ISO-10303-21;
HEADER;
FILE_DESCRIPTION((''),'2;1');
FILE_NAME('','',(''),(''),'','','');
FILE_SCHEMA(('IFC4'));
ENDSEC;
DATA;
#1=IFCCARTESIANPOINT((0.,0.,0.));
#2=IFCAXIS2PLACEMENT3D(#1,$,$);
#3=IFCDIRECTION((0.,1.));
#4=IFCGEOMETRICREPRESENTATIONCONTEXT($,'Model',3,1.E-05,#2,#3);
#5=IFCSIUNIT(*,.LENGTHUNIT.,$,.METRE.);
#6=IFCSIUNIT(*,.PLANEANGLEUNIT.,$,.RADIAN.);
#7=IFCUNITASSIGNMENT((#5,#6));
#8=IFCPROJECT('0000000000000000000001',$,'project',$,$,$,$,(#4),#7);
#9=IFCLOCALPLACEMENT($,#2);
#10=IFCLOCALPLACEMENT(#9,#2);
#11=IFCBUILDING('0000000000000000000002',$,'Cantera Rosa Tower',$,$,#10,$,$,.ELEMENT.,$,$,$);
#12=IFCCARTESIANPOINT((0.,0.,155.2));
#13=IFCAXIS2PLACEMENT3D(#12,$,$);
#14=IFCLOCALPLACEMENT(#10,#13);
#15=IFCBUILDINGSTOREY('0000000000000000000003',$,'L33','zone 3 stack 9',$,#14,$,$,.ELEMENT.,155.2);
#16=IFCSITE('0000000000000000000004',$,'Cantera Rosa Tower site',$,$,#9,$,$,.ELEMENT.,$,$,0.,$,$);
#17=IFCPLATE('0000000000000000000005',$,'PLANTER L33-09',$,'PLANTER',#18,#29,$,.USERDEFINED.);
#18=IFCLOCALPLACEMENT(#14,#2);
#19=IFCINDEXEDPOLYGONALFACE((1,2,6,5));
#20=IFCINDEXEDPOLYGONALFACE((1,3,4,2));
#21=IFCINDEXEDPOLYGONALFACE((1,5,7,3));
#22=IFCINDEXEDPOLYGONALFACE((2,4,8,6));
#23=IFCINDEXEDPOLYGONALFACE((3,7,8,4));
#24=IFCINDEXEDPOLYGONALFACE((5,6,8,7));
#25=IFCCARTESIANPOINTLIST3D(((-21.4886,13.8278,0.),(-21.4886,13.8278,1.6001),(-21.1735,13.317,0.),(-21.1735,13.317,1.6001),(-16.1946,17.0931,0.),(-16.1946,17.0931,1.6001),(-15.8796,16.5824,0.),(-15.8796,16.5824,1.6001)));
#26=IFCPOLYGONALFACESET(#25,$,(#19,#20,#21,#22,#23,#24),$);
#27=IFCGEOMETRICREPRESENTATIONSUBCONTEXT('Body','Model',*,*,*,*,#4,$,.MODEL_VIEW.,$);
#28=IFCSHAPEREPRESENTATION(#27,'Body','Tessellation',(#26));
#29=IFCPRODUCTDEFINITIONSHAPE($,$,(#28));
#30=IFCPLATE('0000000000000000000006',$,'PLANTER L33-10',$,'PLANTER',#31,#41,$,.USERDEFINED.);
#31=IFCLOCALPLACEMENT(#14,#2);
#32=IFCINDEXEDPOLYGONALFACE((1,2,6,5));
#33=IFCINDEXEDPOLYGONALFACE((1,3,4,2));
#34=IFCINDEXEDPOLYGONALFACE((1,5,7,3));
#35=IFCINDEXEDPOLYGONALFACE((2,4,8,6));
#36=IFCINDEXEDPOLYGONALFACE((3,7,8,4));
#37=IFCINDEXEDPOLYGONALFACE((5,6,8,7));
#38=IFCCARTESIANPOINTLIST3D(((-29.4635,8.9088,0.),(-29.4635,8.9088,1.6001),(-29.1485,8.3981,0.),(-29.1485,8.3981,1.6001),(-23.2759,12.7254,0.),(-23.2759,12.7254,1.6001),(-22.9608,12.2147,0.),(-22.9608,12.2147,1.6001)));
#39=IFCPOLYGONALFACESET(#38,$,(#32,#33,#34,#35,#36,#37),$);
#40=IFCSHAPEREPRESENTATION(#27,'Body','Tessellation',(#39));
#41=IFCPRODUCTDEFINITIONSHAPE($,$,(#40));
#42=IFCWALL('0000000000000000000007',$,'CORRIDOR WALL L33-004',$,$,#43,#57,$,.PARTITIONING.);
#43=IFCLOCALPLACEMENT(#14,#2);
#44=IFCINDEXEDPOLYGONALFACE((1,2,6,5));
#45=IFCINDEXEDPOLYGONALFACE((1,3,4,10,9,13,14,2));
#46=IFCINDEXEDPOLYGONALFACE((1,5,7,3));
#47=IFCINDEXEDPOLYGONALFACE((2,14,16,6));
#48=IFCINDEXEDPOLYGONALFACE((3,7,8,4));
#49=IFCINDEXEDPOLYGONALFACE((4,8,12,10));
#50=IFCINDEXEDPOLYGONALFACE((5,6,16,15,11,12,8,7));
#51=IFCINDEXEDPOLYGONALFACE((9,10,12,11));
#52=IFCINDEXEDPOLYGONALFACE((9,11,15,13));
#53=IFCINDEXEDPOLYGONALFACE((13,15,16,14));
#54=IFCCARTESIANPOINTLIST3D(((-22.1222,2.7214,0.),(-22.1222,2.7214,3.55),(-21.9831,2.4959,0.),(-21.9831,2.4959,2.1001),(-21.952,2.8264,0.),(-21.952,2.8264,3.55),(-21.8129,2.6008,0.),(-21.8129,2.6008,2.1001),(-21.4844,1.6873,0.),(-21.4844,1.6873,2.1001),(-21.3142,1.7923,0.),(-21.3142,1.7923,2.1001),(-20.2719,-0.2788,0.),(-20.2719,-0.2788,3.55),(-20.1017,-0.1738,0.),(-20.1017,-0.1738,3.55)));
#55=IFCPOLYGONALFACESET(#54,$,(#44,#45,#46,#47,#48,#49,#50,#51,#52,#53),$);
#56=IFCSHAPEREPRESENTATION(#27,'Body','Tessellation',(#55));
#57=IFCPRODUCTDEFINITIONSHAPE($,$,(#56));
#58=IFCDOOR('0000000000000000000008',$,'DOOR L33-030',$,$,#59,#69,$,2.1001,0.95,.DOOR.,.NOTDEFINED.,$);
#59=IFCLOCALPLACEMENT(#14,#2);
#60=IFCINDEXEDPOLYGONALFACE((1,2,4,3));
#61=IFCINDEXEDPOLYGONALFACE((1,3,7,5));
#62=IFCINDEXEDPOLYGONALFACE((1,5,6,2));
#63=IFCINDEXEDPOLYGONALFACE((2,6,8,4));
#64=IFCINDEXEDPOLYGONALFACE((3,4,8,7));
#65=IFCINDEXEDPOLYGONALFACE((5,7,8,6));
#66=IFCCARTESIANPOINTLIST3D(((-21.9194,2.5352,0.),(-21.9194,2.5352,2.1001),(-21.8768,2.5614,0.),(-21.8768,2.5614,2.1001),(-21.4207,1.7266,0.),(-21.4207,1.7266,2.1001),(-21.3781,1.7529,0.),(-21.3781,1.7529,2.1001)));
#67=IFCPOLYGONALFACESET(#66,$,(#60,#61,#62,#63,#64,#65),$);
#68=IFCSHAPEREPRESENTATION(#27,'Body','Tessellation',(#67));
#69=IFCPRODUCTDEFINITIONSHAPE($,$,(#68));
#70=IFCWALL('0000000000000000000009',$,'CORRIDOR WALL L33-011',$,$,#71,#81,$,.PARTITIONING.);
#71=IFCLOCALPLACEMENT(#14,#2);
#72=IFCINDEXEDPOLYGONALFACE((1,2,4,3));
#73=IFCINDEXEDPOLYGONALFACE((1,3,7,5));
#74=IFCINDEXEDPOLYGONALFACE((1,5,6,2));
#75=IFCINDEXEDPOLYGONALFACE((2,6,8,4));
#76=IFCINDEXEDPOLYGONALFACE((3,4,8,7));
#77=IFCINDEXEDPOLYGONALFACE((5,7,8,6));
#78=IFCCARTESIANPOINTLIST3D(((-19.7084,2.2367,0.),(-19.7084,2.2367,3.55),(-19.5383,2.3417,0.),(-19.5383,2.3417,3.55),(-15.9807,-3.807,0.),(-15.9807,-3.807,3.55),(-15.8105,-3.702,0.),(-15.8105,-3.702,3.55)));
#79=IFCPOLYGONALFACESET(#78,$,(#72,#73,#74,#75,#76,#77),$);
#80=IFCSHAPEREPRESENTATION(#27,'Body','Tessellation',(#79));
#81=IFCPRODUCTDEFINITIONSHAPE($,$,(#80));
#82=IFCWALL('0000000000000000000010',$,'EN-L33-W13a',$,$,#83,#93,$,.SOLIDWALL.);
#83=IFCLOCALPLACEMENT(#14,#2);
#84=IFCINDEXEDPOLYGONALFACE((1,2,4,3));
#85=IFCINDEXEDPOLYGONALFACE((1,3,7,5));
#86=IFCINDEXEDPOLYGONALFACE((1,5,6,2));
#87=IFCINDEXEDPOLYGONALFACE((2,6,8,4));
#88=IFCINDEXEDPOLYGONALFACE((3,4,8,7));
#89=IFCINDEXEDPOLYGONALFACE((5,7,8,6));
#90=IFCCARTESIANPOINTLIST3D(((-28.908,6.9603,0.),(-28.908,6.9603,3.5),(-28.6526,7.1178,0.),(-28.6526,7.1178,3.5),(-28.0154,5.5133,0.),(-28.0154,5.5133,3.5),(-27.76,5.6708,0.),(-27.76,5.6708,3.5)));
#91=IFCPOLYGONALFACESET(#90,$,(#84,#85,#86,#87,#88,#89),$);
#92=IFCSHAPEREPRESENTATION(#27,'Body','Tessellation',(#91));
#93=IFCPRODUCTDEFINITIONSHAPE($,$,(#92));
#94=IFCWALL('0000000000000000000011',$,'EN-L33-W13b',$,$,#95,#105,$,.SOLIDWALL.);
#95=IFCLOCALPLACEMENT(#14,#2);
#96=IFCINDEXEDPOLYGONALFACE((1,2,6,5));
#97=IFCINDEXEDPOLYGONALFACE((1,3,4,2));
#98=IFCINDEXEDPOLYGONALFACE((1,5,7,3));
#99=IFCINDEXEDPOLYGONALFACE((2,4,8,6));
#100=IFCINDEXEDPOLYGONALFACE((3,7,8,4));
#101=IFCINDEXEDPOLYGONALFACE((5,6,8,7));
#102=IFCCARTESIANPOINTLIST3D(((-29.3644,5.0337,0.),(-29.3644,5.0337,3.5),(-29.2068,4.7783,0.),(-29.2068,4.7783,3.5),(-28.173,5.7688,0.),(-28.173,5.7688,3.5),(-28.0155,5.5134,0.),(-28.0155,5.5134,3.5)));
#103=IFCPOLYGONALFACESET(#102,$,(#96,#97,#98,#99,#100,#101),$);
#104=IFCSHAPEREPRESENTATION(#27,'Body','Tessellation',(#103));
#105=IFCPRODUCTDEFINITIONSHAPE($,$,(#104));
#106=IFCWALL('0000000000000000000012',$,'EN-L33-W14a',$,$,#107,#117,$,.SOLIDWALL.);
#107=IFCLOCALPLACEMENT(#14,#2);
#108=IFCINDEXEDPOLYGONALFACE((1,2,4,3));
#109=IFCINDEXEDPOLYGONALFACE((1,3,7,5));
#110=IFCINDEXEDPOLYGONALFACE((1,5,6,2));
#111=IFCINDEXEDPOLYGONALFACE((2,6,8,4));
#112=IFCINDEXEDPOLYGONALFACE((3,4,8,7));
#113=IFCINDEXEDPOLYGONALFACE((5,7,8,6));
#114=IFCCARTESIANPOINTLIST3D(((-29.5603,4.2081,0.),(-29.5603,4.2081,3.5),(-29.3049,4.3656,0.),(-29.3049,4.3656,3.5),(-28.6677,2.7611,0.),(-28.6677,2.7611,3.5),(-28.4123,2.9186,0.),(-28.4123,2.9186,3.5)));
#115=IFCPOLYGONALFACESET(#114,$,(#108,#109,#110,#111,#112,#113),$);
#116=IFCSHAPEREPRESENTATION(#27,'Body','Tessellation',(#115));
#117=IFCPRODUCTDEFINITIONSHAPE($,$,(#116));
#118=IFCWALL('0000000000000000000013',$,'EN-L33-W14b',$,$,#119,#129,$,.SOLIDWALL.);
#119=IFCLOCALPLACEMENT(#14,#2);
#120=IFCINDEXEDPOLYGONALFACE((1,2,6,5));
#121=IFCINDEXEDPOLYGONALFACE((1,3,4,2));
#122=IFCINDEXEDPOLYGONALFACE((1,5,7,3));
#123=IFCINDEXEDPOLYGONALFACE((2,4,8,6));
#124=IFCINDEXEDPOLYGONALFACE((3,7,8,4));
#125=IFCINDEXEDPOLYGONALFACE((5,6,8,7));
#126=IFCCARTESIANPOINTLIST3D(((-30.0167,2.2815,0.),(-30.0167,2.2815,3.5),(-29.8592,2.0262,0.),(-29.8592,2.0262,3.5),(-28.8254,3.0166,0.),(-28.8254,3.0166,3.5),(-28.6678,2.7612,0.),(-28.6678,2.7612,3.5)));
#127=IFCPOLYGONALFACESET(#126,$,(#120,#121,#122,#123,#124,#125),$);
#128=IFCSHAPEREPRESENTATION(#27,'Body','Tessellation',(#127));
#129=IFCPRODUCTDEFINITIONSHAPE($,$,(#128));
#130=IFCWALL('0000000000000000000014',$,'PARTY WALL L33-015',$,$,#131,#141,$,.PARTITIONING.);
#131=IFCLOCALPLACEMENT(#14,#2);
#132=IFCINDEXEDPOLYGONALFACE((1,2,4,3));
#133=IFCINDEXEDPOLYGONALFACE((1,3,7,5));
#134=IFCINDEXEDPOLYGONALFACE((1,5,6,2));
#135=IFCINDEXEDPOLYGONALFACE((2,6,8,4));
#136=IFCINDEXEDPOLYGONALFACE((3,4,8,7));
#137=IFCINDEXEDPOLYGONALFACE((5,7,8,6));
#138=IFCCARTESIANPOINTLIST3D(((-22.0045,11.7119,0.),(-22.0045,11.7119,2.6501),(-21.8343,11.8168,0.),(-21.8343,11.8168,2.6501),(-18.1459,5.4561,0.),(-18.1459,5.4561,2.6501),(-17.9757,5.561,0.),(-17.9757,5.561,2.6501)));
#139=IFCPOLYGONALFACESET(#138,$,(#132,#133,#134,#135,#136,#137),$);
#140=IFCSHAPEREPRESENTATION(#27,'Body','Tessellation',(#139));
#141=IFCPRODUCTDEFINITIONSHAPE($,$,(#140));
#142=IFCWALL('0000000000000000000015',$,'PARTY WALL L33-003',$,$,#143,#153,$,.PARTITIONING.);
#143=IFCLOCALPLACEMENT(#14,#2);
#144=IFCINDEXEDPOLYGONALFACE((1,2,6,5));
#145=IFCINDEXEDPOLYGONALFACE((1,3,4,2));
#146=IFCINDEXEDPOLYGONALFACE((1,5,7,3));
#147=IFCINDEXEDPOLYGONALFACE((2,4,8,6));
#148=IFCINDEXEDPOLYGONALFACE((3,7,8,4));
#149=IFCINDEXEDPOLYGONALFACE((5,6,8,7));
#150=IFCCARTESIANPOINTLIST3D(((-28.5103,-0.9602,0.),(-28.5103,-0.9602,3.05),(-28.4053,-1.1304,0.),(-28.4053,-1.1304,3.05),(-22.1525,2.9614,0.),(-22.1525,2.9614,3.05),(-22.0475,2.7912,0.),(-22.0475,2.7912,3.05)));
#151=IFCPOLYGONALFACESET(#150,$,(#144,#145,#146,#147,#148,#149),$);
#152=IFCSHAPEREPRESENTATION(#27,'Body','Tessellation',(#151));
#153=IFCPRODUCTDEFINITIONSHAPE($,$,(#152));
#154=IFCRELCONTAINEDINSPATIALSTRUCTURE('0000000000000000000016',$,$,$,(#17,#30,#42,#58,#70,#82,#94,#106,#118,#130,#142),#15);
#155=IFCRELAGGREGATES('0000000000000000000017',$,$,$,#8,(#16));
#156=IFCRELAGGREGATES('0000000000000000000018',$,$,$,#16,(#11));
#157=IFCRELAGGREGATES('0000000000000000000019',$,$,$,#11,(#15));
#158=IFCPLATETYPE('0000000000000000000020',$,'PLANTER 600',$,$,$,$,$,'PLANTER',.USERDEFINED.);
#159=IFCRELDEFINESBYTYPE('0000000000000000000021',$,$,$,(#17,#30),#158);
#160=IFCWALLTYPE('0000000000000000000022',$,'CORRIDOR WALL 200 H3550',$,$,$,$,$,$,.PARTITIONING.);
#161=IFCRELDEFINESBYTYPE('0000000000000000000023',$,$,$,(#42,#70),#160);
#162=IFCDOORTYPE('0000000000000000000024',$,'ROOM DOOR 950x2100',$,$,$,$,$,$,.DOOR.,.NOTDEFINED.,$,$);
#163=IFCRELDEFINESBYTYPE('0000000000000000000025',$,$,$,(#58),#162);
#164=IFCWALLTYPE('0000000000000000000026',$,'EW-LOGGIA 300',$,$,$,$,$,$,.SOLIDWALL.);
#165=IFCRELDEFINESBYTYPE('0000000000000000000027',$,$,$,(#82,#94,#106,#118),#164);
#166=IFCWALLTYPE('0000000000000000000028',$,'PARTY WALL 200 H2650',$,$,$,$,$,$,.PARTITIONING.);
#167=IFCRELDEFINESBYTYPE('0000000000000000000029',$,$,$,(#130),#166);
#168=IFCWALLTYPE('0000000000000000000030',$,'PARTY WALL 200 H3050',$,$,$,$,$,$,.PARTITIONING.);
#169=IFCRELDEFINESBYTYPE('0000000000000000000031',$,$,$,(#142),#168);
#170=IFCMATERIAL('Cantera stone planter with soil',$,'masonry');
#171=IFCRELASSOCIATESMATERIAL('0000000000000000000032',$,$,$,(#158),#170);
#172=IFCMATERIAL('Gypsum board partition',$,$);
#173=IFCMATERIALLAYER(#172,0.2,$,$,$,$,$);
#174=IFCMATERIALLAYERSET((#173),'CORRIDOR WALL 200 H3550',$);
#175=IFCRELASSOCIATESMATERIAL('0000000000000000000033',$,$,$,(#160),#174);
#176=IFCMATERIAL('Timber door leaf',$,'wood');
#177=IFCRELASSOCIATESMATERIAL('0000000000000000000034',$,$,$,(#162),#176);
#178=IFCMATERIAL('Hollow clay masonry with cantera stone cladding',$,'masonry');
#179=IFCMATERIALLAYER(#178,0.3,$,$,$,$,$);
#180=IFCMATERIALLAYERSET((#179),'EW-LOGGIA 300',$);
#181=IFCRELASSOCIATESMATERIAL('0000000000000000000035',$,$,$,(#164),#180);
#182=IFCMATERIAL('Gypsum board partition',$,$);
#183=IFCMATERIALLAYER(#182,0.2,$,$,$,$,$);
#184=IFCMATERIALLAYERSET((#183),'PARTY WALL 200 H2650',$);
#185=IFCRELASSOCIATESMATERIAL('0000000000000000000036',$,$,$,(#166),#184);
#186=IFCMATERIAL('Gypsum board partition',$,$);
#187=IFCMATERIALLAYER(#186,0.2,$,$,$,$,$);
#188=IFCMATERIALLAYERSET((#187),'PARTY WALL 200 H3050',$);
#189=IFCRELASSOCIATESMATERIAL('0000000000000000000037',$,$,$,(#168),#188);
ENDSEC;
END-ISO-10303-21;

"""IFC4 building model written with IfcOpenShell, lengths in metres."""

from ifc_helpers import new_model, si_unit, direction, frame, frame_2d, origin, origin_2d, place, context, subcontext, project, spatial, rectangle, extrude, material, layer, layer_set, type_object, element, fill, save


model = new_model("IFC4")

# Units and contexts
model_context = context("Model", 3, precision=1e-05, world=origin(), true_north=direction((0.0, 1.0)))
body_context = subcontext(model_context, "Body", "Model", "MODEL_VIEW")
ifc_project = project(units=[si_unit("LENGTHUNIT", "METRE"), si_unit("PLANEANGLEUNIT", "RADIAN")], contexts=[model_context])

# Site, building, storey
site_placement = place(None, origin())
site = spatial("IfcSite", under=ifc_project, at=site_placement, Name="Cantera Rosa Tower site", CompositionType="ELEMENT", RefElevation=0.0)
building_placement = place(site_placement, origin())
building = spatial("IfcBuilding", under=site, at=building_placement, Name="Cantera Rosa Tower", CompositionType="ELEMENT")
storey_placement = place(building_placement, frame((0.0, 0.0, 155.2)))
storey = spatial("IfcBuildingStorey", under=building, at=storey_placement, Name="L33", Description="zone 3 stack 9", CompositionType="ELEMENT", Elevation=155.2)

# Plates
ifc_material_1 = material(Name="Cantera stone planter with soil", Category="masonry")
plate_type = type_object("IfcPlateType", Name="PLANTER 600", ElementType="PLANTER", PredefinedType="USERDEFINED", material=ifc_material_1)
plate_1_placement = place(storey_placement, frame((-18.6841, 15.2051, 0.0), z_axis=(0.0, 0.0, 1.0), x_axis=(-0.851117, -0.524977, 0.0)))
element("IfcPlate", 1, at=plate_1_placement, inside=storey, type_object=plate_type, Name="PLANTER L33-09", ObjectType="PLANTER", PredefinedType="USERDEFINED", context=body_context, shape_type="SweptSolid", body=[
    extrude(rectangle(XDim=6.22, YDim=0.6001, at=origin_2d()), origin(), (0.0, 0.0, 1.0), 1.6001),
])
plate_2_placement = place(storey_placement, frame((-26.2122, 10.5618, 0.0), z_axis=(0.0, 0.0, 1.0), x_axis=(-0.851117, -0.524977, 0.0)))
element("IfcPlate", 2, at=plate_2_placement, inside=storey, type_object=plate_type, Name="PLANTER L33-10", ObjectType="PLANTER", PredefinedType="USERDEFINED", context=body_context, shape_type="SweptSolid", body=[
    extrude(rectangle(XDim=7.27, YDim=0.6001, at=origin_2d()), origin(), (0.0, 0.0, 1.0), 1.6001),
])

# Wall, opening, door
ifc_material_2 = material(Name="Gypsum board partition")
ifc_layer_1 = layer(ifc_material_2, 0.2)
ifc_layer_set_1 = layer_set([ifc_layer_1], Name="CORRIDOR WALL 200 H3550")
wall_type_1 = type_object("IfcWallType", Name="CORRIDOR WALL 200 H3550", PredefinedType="PARTITIONING", material=ifc_layer_set_1)
wall_1_placement = place(storey_placement, frame((-22.0371, 2.7739, 0.0), z_axis=(0.0, 0.0, 1.0), x_axis=(0.524928, -0.851147, 0.0)))
wall_1 = element("IfcWall", 3, at=wall_1_placement, inside=storey, type_object=wall_type_1, Name="CORRIDOR WALL L33-004", PredefinedType="PARTITIONING", context=body_context, shape_type="SweptSolid", body=[
    extrude(rectangle(XDim=3.5249, YDim=0.2, at=frame_2d((1.7625, 0.0))), origin(), (0.0, 0.0, 1.0), 3.55),
])
opening_1_placement = place(wall_1_placement, frame((0.2649, 0.0, 0.0)))
opening_1 = element("IfcOpeningElement", 4, at=opening_1_placement, cuts=wall_1, PredefinedType="OPENING", context=body_context, shape_type="SweptSolid", body=[
    extrude(rectangle(XDim=0.95, YDim=2.1001, at=frame_2d((0.4751, 1.05))), frame((0.0, 0.1099, 0.0), z_axis=(0.0, -1.0, 0.0), x_axis=(1.0, 0.0, 0.0)), (0.0, 0.0, 1.0), 0.22),
])
ifc_material_3 = material(Name="Timber door leaf", Category="wood")
door_type_1 = type_object("IfcDoorType", Name="ROOM DOOR 950x2100", OperationType="NOTDEFINED", PredefinedType="DOOR", material=ifc_material_3)
door_1_placement = place(opening_1_placement, origin())
door_1 = element("IfcDoor", 5, at=door_1_placement, inside=storey, type_object=door_type_1, Name="DOOR L33-030", OperationType="NOTDEFINED", OverallHeight=2.1001, OverallWidth=0.95, PredefinedType="DOOR", context=body_context, shape_type="SweptSolid", body=[
    extrude(rectangle(XDim=0.95, YDim=2.1001, at=frame_2d((0.4751, 1.05))), frame((0.0, 0.0249, 0.0), z_axis=(0.0, -1.0, 0.0), x_axis=(1.0, 0.0, 0.0)), (0.0, 0.0, 1.0), 0.05),
])
fill(opening_1, door_1)

# Walls
wall_2_placement = place(storey_placement, frame((-19.6233, 2.2891, 0.0), z_axis=(0.0, 0.0, 1.0), x_axis=(0.524974, -0.851118, 0.0)))
element("IfcWall", 6, at=wall_2_placement, inside=storey, type_object=wall_type_1, Name="CORRIDOR WALL L33-011", PredefinedType="PARTITIONING", context=body_context, shape_type="SweptSolid", body=[
    extrude(rectangle(XDim=7.1008, YDim=0.2, at=frame_2d((3.5503, 0.0))), origin(), (0.0, 0.0, 1.0), 3.55),
])
ifc_material_4 = material(Name="Hollow clay masonry with cantera stone cladding", Category="masonry")
ifc_layer_2 = layer(ifc_material_4, 0.3)
ifc_layer_set_2 = layer_set([ifc_layer_2], Name="EW-LOGGIA 300")
wall_type_2 = type_object("IfcWallType", Name="EW-LOGGIA 300", PredefinedType="SOLIDWALL", material=ifc_layer_set_2)
wall_3_placement = place(storey_placement, frame((-28.7803, 7.0391, 0.0), z_axis=(0.0, 0.0, 1.0), x_axis=(0.524994, -0.851106, 0.0)))
element("IfcWall", 7, at=wall_3_placement, inside=storey, type_object=wall_type_2, Name="EN-L33-W13a", PredefinedType="SOLIDWALL", context=body_context, shape_type="SweptSolid", body=[
    extrude(rectangle(XDim=1.7002, YDim=0.3, at=frame_2d((0.8501, 0.0))), origin(), (0.0, 0.0, 1.0), 3.5),
])
wall_4_placement = place(storey_placement, frame((-28.0942, 5.6411, 0.0), z_axis=(0.0, 0.0, 1.0), x_axis=(-0.851041, -0.525099, 0.0)))
element("IfcWall", 8, at=wall_4_placement, inside=storey, type_object=wall_type_2, Name="EN-L33-W13b", PredefinedType="SOLIDWALL", context=body_context, shape_type="SweptSolid", body=[
    extrude(rectangle(XDim=1.3999, YDim=0.3, at=frame_2d((0.7, 0.0))), origin(), (0.0, 0.0, 1.0), 3.5),
])
wall_5_placement = place(storey_placement, frame((-29.4326, 4.2869, 0.0), z_axis=(0.0, 0.0, 1.0), x_axis=(0.524994, -0.851106, 0.0)))
element("IfcWall", 9, at=wall_5_placement, inside=storey, type_object=wall_type_2, Name="EN-L33-W14a", PredefinedType="SOLIDWALL", context=body_context, shape_type="SweptSolid", body=[
    extrude(rectangle(XDim=1.7002, YDim=0.3, at=frame_2d((0.8501, 0.0))), origin(), (0.0, 0.0, 1.0), 3.5),
])
wall_6_placement = place(storey_placement, frame((-28.7466, 2.8889, 0.0), z_axis=(0.0, 0.0, 1.0), x_axis=(-0.851041, -0.525099, 0.0)))
element("IfcWall", 10, at=wall_6_placement, inside=storey, type_object=wall_type_2, Name="EN-L33-W14b", PredefinedType="SOLIDWALL", context=body_context, shape_type="SweptSolid", body=[
    extrude(rectangle(XDim=1.3999, YDim=0.3, at=frame_2d((0.7, 0.0))), origin(), (0.0, 0.0, 1.0), 3.5),
])

# Walls
ifc_material_5 = material(Name="Gypsum board partition")
ifc_layer_3 = layer(ifc_material_5, 0.2)
ifc_layer_set_3 = layer_set([ifc_layer_3], Name="PARTY WALL 200 H2650")
wall_type_3 = type_object("IfcWallType", Name="PARTY WALL 200 H2650", PredefinedType="PARTITIONING", material=ifc_layer_set_3)
wall_7_placement = place(storey_placement, frame((-18.0608, 5.5085, 0.0), z_axis=(0.0, 0.0, 1.0), x_axis=(-0.524974, 0.851118, 0.0)))
element("IfcWall", 11, at=wall_7_placement, inside=storey, type_object=wall_type_3, Name="PARTY WALL L33-015", PredefinedType="PARTITIONING", context=body_context, shape_type="SweptSolid", body=[
    extrude(rectangle(XDim=7.3501, YDim=0.2, at=frame_2d((3.675, 0.0))), origin(), (0.0, 0.0, 1.0), 2.6501),
])
ifc_material_6 = material(Name="Gypsum board partition")
ifc_layer_4 = layer(ifc_material_6, 0.2)
ifc_layer_set_4 = layer_set([ifc_layer_4], Name="PARTY WALL 200 H3050")
wall_type_4 = type_object("IfcWallType", Name="PARTY WALL 200 H3050", PredefinedType="PARTITIONING", material=ifc_layer_set_4)
wall_8_placement = place(storey_placement, frame((-22.1001, 2.8762, 0.0), z_axis=(0.0, 0.0, 1.0), x_axis=(-0.851116, -0.524978, 0.0)))
element("IfcWall", 12, at=wall_8_placement, inside=storey, type_object=wall_type_4, Name="PARTY WALL L33-003", PredefinedType="PARTITIONING", context=body_context, shape_type="SweptSolid", body=[
    extrude(rectangle(XDim=7.47, YDim=0.2, at=frame_2d((3.7349, 0.0))), origin(), (0.0, 0.0, 1.0), 3.05),
])

save(model, "model.ifc")
